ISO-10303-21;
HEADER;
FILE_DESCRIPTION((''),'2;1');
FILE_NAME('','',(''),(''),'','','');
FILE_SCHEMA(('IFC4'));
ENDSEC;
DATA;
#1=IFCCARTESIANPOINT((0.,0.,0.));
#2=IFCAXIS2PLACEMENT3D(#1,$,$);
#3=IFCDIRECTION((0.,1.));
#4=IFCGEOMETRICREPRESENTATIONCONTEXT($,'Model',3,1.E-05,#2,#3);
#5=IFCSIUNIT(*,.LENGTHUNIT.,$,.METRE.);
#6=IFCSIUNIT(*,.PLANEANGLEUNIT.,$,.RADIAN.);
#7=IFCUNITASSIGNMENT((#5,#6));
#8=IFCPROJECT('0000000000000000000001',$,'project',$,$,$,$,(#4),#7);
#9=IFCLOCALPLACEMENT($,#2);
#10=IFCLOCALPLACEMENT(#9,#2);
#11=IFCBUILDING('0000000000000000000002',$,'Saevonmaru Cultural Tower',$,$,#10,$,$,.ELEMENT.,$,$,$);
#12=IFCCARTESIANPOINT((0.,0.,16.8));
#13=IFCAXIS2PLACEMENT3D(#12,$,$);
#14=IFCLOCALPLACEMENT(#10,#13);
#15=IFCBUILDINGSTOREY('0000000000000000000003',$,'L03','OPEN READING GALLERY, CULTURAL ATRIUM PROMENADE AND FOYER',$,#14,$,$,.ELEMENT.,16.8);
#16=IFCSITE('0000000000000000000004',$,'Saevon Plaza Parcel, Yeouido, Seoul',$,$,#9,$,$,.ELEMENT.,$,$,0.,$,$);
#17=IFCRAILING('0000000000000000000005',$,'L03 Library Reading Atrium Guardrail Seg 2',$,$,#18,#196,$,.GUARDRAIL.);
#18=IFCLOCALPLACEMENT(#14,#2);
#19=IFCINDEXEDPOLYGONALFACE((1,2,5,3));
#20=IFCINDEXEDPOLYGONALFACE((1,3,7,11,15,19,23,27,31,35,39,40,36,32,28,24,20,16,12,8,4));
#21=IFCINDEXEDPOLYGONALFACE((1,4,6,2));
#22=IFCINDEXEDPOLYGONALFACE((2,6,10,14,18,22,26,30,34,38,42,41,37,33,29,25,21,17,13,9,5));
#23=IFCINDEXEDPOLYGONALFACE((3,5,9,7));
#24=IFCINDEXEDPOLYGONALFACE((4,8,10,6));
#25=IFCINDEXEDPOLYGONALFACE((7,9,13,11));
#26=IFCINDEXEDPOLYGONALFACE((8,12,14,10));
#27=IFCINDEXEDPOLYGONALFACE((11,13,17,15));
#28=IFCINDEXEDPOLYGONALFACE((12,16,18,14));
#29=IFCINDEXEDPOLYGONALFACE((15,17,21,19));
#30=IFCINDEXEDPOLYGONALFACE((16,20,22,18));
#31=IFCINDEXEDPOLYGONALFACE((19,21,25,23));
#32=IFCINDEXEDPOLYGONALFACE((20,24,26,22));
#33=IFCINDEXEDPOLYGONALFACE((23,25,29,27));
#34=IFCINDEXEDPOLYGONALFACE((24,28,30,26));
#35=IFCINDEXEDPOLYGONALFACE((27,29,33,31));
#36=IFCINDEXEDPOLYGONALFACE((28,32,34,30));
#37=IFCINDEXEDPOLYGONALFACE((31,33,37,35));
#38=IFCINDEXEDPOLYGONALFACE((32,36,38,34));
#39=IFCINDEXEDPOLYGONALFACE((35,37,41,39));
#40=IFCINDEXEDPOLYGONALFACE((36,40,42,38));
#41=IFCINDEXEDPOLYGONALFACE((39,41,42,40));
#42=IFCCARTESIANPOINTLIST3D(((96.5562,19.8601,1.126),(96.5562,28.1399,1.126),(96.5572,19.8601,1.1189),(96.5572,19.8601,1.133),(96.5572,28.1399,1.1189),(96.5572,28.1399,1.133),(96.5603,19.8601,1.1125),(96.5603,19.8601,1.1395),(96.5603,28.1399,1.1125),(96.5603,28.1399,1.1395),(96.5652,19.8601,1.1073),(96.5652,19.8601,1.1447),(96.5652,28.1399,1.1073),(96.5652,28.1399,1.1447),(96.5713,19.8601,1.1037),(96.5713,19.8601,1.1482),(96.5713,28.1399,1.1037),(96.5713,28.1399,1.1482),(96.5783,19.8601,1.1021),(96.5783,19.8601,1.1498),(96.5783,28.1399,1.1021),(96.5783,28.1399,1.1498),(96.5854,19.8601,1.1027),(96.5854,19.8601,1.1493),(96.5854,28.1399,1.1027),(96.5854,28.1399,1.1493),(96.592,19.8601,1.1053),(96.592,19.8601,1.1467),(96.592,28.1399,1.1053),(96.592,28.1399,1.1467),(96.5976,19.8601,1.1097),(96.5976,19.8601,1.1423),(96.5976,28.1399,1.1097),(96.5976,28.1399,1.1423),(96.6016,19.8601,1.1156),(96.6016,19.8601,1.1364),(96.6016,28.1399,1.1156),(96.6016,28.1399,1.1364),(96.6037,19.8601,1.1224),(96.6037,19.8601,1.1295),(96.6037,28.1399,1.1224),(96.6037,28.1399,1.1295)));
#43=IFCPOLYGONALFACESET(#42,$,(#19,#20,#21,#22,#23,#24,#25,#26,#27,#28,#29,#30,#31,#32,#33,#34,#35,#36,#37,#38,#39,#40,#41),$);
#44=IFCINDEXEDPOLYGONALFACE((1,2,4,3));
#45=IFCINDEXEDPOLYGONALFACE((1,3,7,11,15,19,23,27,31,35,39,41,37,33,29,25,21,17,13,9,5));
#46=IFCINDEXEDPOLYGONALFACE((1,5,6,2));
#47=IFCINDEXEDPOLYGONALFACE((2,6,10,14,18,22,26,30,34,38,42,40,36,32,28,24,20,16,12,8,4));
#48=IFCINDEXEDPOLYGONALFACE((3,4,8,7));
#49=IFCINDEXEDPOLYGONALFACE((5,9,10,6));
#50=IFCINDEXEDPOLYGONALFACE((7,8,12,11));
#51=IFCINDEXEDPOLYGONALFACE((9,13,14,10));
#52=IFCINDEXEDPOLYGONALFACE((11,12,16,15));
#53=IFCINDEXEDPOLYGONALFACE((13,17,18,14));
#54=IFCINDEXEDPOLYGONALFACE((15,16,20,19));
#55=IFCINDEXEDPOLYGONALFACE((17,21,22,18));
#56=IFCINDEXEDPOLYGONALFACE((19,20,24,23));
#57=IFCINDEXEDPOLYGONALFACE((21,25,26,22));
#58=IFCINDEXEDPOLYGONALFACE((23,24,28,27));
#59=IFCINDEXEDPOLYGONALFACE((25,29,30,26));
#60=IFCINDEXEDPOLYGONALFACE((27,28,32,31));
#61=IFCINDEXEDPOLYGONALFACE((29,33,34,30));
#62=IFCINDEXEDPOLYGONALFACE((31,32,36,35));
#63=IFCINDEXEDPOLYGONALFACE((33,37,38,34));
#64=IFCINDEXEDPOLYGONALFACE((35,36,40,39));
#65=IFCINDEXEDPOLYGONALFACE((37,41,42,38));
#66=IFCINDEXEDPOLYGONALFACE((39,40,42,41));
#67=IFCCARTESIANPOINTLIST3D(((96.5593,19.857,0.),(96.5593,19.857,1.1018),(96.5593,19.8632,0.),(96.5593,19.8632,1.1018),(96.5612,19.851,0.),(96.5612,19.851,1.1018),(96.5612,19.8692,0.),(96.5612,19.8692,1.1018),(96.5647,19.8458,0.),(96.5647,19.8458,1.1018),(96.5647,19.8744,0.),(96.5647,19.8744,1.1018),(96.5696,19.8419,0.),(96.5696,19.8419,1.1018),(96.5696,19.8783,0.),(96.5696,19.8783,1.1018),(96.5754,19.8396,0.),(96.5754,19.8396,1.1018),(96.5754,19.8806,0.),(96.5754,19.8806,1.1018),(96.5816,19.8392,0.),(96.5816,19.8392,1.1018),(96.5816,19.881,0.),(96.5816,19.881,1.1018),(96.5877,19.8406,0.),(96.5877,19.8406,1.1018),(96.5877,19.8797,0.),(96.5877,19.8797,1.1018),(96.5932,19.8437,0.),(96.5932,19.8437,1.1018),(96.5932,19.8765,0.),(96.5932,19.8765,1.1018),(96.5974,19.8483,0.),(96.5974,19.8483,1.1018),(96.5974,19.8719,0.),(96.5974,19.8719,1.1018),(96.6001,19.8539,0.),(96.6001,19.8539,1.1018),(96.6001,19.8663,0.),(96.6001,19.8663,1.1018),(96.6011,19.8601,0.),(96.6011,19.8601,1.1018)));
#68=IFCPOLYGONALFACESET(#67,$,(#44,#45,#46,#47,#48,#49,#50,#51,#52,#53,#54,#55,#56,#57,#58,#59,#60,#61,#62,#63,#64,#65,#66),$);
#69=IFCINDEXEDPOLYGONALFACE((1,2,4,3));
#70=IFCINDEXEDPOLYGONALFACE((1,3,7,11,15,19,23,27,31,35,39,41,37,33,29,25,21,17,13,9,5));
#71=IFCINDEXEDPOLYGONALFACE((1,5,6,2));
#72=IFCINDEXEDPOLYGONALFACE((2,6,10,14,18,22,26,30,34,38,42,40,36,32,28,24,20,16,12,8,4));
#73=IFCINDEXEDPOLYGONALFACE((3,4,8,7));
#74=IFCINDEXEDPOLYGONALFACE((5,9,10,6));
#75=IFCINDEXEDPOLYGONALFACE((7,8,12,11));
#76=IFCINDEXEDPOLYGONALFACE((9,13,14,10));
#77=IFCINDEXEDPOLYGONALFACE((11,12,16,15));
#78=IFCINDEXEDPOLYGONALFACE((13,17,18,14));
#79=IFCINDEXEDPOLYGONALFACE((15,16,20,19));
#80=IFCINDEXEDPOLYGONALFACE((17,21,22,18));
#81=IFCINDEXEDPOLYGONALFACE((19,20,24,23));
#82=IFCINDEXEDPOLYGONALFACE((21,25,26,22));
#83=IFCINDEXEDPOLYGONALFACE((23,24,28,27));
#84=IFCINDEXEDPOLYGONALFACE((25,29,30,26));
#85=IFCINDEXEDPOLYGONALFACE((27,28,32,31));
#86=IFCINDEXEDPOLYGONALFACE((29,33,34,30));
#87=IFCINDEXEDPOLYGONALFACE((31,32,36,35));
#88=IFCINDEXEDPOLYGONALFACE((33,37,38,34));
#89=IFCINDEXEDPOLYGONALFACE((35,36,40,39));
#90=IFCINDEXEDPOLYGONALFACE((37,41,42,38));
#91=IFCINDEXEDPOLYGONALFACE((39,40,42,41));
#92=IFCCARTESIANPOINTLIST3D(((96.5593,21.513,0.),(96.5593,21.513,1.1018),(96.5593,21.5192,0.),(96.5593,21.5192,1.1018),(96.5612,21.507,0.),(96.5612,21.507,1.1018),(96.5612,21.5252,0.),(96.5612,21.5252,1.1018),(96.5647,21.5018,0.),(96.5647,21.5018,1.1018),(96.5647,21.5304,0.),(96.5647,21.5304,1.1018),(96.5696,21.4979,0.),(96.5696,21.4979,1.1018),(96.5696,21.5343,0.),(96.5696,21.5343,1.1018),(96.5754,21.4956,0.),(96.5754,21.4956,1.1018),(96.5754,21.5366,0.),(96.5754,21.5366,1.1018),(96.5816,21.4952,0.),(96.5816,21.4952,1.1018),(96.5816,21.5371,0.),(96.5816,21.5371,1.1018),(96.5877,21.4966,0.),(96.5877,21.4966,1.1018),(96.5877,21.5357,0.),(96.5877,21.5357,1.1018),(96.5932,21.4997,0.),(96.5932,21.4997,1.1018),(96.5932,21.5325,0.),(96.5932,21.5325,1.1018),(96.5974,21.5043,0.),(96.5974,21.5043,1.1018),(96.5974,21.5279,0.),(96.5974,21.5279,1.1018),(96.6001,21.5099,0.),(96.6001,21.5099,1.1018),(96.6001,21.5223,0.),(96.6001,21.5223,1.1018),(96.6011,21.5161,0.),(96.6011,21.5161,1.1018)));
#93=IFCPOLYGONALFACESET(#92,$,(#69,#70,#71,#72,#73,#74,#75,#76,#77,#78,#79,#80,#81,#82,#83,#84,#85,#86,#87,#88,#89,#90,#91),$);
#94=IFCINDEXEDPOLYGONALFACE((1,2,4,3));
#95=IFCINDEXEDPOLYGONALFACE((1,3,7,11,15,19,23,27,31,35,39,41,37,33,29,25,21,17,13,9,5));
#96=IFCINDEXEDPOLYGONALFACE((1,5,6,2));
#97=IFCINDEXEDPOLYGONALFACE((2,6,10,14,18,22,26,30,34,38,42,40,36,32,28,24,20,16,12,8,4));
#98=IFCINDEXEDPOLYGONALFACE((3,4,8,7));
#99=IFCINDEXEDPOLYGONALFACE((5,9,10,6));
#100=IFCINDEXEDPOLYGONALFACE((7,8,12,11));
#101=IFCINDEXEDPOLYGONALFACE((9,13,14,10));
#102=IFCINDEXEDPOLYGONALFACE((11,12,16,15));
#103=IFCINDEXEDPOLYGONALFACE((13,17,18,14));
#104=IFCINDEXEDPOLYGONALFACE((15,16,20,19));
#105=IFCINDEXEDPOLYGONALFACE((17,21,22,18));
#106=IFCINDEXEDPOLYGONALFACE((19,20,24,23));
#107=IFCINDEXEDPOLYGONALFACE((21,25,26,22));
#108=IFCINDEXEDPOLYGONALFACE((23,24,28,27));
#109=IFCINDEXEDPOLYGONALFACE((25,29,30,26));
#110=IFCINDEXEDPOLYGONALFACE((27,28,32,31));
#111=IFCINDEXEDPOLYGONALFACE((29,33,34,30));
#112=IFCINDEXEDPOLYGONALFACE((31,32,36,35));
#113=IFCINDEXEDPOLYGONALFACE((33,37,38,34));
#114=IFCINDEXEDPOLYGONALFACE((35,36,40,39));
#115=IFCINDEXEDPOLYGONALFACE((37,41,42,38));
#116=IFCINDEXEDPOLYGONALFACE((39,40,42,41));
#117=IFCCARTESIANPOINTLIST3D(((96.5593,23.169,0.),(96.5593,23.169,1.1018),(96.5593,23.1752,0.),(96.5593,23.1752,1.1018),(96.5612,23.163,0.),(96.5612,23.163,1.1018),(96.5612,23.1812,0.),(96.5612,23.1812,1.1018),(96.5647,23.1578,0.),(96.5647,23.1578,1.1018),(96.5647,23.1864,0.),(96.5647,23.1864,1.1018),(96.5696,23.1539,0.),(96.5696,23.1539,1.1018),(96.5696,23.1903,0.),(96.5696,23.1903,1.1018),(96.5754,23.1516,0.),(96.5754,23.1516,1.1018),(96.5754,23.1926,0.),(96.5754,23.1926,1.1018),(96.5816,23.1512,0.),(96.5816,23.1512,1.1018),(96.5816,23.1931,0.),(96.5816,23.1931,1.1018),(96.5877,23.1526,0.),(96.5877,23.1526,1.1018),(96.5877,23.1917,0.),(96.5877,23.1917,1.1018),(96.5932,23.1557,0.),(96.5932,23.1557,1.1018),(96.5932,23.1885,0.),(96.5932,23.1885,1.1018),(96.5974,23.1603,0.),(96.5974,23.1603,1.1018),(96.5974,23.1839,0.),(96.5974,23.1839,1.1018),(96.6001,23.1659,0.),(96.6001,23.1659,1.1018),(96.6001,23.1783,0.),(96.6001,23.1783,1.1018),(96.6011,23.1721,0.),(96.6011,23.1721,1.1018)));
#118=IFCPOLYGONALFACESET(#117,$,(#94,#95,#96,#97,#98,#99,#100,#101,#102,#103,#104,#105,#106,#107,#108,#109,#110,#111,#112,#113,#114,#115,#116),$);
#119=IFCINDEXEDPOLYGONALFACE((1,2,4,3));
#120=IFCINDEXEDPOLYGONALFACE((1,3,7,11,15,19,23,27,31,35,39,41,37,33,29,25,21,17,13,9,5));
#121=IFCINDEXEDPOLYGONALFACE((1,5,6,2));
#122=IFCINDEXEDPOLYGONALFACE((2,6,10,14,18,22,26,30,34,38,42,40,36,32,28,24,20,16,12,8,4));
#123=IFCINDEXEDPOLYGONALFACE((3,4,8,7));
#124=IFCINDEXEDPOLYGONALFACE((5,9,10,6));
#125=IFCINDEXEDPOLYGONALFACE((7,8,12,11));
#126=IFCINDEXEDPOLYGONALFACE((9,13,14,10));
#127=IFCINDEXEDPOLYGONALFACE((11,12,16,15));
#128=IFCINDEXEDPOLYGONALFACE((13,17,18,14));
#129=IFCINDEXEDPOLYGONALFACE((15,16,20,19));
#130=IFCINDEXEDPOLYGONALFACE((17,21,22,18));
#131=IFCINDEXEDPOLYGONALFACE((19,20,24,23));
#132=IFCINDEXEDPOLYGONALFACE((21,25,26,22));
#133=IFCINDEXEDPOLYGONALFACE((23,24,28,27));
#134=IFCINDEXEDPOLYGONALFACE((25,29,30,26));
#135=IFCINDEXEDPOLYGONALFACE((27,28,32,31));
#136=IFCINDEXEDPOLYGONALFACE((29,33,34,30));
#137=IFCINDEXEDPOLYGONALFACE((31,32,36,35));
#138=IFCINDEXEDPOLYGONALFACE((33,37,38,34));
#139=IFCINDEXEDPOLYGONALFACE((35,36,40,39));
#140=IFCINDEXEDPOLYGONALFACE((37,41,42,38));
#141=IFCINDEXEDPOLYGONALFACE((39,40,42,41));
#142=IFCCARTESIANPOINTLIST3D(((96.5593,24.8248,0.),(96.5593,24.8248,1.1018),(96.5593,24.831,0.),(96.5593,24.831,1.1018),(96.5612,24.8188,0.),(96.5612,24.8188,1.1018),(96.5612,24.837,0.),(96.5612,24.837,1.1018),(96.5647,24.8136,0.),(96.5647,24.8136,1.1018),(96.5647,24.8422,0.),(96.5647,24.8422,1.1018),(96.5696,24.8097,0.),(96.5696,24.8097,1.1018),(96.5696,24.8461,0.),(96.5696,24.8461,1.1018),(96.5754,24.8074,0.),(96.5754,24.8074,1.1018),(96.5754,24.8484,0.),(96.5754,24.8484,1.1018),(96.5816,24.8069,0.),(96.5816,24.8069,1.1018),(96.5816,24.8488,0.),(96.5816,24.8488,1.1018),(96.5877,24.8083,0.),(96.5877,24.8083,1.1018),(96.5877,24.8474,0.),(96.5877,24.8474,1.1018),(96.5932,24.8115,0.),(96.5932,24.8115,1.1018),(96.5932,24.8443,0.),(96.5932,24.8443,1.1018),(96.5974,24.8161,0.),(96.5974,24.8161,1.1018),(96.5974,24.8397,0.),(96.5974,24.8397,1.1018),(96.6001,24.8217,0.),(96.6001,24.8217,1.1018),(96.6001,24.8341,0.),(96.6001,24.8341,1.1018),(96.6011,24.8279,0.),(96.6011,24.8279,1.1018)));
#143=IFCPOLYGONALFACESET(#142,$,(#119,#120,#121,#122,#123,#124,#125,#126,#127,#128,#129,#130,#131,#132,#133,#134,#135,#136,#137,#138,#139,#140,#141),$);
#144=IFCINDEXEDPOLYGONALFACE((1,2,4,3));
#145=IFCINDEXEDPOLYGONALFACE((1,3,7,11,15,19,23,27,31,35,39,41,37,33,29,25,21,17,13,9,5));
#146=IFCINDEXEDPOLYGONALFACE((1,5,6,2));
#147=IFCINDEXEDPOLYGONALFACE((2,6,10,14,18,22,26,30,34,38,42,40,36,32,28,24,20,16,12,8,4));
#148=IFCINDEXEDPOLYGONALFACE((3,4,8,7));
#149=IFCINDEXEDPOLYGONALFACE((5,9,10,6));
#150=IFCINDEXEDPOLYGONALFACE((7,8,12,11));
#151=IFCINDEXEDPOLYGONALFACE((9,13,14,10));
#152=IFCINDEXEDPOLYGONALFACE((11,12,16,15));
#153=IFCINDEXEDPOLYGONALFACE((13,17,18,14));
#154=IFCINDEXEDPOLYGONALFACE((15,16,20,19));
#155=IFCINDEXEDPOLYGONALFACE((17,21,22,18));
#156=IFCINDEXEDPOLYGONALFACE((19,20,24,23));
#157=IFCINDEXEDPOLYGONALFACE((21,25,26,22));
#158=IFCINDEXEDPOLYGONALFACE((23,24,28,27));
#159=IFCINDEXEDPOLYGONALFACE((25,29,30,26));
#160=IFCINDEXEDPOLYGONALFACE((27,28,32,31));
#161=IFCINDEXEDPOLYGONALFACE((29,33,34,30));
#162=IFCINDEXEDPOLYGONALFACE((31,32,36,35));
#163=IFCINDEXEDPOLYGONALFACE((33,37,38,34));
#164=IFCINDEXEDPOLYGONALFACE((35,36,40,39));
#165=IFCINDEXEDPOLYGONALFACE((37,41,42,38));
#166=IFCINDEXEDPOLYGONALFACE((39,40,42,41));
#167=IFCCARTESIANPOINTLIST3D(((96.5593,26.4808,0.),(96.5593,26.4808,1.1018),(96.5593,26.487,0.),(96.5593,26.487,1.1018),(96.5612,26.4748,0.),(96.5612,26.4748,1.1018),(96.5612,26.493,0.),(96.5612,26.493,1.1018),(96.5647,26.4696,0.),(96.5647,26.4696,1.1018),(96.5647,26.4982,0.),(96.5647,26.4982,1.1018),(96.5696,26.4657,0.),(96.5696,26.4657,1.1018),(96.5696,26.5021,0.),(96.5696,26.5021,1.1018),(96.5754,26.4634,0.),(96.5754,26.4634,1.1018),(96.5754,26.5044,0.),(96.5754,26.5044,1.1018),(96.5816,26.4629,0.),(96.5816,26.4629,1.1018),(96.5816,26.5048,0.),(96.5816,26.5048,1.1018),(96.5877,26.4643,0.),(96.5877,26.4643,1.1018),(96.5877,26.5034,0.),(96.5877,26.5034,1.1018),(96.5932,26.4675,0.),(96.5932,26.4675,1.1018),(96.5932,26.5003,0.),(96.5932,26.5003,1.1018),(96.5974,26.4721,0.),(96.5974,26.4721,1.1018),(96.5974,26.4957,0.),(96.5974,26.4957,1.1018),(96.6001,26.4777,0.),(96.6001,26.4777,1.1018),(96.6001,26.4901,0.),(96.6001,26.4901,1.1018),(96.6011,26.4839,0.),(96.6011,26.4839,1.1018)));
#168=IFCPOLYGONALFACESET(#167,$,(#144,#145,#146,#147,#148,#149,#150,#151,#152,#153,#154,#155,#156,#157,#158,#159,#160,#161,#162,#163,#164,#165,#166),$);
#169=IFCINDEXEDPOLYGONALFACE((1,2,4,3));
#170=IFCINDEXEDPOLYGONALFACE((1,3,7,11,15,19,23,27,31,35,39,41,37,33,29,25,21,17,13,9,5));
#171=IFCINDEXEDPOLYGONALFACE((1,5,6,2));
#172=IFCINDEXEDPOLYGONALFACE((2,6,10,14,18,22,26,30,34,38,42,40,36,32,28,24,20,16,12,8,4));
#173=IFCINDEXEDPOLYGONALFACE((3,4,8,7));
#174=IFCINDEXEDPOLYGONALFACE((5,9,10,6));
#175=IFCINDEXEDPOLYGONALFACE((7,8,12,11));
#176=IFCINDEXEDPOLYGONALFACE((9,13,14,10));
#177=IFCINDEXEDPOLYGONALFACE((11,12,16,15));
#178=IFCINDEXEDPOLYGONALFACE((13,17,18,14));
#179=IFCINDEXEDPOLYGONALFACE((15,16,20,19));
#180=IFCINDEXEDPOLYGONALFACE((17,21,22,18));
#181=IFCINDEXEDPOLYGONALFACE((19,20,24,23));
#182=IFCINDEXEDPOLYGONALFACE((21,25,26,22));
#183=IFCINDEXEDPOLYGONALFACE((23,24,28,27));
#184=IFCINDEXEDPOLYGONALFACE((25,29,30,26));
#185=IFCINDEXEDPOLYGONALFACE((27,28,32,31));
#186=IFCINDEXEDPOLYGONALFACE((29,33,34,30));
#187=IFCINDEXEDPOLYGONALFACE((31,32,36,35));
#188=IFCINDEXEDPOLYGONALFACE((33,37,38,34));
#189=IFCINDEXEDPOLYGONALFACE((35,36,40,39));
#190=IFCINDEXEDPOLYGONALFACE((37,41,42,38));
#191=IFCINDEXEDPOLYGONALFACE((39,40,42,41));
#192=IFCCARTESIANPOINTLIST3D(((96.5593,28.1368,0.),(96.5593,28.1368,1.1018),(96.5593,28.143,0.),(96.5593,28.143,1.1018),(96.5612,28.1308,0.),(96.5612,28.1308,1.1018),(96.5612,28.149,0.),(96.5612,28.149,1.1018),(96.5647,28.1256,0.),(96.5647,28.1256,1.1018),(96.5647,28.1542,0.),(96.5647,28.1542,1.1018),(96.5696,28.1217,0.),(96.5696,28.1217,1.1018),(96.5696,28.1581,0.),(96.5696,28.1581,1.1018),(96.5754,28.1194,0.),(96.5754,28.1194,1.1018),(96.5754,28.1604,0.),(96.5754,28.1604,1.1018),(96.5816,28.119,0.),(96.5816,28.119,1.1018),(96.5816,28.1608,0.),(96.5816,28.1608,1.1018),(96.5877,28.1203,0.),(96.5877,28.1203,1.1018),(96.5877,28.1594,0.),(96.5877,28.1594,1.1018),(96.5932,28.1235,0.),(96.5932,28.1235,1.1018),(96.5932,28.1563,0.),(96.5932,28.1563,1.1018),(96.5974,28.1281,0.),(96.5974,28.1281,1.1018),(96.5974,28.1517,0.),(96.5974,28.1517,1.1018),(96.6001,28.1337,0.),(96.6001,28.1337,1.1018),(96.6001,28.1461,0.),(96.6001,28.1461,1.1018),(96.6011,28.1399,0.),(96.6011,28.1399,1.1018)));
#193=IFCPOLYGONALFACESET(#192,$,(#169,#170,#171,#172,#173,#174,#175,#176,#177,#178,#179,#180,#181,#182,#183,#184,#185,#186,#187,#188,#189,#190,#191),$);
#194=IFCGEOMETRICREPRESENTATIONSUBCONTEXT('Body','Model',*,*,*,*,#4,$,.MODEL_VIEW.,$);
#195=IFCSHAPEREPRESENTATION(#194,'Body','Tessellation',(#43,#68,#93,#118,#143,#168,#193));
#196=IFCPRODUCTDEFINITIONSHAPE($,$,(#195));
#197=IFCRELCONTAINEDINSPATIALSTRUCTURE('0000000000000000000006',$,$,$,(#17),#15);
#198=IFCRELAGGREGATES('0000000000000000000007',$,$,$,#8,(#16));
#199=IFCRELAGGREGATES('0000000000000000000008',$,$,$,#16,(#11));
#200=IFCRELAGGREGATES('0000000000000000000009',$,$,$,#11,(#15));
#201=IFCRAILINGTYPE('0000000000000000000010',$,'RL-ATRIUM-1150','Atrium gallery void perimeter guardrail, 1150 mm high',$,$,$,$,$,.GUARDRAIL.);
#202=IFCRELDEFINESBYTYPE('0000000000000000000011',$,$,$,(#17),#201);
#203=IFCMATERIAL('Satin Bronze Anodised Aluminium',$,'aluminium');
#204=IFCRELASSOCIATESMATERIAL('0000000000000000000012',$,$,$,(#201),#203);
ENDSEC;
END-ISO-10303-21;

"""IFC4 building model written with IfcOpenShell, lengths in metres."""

from ifc_helpers import new_model, si_unit, direction, frame, origin, origin_2d, place, context, subcontext, project, spatial, circle, extrude, material, type_object, element, save


model = new_model("IFC4")

# Units and contexts
model_context = context("Model", 3, precision=1e-05, world=origin(), true_north=direction((0.0, 1.0)))
body_context = subcontext(model_context, "Body", "Model", "MODEL_VIEW")
ifc_project = project(units=[si_unit("LENGTHUNIT", "METRE"), si_unit("PLANEANGLEUNIT", "RADIAN")], contexts=[model_context])

# Site, building, storey
site_placement = place(None, origin())
site = spatial("IfcSite", under=ifc_project, at=site_placement, Name="Saevon Plaza Parcel, Yeouido, Seoul", CompositionType="ELEMENT", RefElevation=0.0)
building_placement = place(site_placement, origin())
building = spatial("IfcBuilding", under=site, at=building_placement, Name="Saevonmaru Cultural Tower", CompositionType="ELEMENT")
storey_placement = place(building_placement, frame((0.0, 0.0, 16.8)))
storey = spatial("IfcBuildingStorey", under=building, at=storey_placement, Name="L03", Description="OPEN READING GALLERY, CULTURAL ATRIUM PROMENADE AND FOYER", CompositionType="ELEMENT", Elevation=16.8)

# Railing
ifc_material_1 = material(Name="Satin Bronze Anodised Aluminium", Category="aluminium")
railing_type = type_object("IfcRailingType", Name="RL-ATRIUM-1150", Description="Atrium gallery void perimeter guardrail, 1150 mm high", PredefinedType="GUARDRAIL", material=ifc_material_1)
railing_1_placement = place(storey_placement, frame((96.5801, 19.8601, 0.0)))
element("IfcRailing", 1, at=railing_1_placement, inside=storey, type_object=railing_type, Name="L03 Library Reading Atrium Guardrail Seg 2", PredefinedType="GUARDRAIL", context=body_context, shape_type="SweptSolid", body=[
    extrude(circle(Radius=0.0239, at=origin_2d()), frame((0.0, 0.0, 1.126), z_axis=(0.0, 1.0, 0.0), x_axis=(-1.0, 0.0, 0.0)), (0.0, 0.0, 1.0), 8.2798),
    extrude(circle(Radius=0.021, at=origin_2d()), origin(), (0.0, 0.0, 1.0), 1.1018),
    extrude(circle(Radius=0.021, at=origin_2d()), frame((0.0, 1.656, 0.0)), (0.0, 0.0, 1.0), 1.1018),
    extrude(circle(Radius=0.021, at=origin_2d()), frame((0.0, 3.312, 0.0)), (0.0, 0.0, 1.0), 1.1018),
    extrude(circle(Radius=0.021, at=origin_2d()), frame((0.0, 4.9678, 0.0)), (0.0, 0.0, 1.0), 1.1018),
    extrude(circle(Radius=0.021, at=origin_2d()), frame((0.0, 6.6238, 0.0)), (0.0, 0.0, 1.0), 1.1018),
    extrude(circle(Radius=0.021, at=origin_2d()), frame((0.0, 8.2798, 0.0)), (0.0, 0.0, 1.0), 1.1018),
])

save(model, "model.ifc")
